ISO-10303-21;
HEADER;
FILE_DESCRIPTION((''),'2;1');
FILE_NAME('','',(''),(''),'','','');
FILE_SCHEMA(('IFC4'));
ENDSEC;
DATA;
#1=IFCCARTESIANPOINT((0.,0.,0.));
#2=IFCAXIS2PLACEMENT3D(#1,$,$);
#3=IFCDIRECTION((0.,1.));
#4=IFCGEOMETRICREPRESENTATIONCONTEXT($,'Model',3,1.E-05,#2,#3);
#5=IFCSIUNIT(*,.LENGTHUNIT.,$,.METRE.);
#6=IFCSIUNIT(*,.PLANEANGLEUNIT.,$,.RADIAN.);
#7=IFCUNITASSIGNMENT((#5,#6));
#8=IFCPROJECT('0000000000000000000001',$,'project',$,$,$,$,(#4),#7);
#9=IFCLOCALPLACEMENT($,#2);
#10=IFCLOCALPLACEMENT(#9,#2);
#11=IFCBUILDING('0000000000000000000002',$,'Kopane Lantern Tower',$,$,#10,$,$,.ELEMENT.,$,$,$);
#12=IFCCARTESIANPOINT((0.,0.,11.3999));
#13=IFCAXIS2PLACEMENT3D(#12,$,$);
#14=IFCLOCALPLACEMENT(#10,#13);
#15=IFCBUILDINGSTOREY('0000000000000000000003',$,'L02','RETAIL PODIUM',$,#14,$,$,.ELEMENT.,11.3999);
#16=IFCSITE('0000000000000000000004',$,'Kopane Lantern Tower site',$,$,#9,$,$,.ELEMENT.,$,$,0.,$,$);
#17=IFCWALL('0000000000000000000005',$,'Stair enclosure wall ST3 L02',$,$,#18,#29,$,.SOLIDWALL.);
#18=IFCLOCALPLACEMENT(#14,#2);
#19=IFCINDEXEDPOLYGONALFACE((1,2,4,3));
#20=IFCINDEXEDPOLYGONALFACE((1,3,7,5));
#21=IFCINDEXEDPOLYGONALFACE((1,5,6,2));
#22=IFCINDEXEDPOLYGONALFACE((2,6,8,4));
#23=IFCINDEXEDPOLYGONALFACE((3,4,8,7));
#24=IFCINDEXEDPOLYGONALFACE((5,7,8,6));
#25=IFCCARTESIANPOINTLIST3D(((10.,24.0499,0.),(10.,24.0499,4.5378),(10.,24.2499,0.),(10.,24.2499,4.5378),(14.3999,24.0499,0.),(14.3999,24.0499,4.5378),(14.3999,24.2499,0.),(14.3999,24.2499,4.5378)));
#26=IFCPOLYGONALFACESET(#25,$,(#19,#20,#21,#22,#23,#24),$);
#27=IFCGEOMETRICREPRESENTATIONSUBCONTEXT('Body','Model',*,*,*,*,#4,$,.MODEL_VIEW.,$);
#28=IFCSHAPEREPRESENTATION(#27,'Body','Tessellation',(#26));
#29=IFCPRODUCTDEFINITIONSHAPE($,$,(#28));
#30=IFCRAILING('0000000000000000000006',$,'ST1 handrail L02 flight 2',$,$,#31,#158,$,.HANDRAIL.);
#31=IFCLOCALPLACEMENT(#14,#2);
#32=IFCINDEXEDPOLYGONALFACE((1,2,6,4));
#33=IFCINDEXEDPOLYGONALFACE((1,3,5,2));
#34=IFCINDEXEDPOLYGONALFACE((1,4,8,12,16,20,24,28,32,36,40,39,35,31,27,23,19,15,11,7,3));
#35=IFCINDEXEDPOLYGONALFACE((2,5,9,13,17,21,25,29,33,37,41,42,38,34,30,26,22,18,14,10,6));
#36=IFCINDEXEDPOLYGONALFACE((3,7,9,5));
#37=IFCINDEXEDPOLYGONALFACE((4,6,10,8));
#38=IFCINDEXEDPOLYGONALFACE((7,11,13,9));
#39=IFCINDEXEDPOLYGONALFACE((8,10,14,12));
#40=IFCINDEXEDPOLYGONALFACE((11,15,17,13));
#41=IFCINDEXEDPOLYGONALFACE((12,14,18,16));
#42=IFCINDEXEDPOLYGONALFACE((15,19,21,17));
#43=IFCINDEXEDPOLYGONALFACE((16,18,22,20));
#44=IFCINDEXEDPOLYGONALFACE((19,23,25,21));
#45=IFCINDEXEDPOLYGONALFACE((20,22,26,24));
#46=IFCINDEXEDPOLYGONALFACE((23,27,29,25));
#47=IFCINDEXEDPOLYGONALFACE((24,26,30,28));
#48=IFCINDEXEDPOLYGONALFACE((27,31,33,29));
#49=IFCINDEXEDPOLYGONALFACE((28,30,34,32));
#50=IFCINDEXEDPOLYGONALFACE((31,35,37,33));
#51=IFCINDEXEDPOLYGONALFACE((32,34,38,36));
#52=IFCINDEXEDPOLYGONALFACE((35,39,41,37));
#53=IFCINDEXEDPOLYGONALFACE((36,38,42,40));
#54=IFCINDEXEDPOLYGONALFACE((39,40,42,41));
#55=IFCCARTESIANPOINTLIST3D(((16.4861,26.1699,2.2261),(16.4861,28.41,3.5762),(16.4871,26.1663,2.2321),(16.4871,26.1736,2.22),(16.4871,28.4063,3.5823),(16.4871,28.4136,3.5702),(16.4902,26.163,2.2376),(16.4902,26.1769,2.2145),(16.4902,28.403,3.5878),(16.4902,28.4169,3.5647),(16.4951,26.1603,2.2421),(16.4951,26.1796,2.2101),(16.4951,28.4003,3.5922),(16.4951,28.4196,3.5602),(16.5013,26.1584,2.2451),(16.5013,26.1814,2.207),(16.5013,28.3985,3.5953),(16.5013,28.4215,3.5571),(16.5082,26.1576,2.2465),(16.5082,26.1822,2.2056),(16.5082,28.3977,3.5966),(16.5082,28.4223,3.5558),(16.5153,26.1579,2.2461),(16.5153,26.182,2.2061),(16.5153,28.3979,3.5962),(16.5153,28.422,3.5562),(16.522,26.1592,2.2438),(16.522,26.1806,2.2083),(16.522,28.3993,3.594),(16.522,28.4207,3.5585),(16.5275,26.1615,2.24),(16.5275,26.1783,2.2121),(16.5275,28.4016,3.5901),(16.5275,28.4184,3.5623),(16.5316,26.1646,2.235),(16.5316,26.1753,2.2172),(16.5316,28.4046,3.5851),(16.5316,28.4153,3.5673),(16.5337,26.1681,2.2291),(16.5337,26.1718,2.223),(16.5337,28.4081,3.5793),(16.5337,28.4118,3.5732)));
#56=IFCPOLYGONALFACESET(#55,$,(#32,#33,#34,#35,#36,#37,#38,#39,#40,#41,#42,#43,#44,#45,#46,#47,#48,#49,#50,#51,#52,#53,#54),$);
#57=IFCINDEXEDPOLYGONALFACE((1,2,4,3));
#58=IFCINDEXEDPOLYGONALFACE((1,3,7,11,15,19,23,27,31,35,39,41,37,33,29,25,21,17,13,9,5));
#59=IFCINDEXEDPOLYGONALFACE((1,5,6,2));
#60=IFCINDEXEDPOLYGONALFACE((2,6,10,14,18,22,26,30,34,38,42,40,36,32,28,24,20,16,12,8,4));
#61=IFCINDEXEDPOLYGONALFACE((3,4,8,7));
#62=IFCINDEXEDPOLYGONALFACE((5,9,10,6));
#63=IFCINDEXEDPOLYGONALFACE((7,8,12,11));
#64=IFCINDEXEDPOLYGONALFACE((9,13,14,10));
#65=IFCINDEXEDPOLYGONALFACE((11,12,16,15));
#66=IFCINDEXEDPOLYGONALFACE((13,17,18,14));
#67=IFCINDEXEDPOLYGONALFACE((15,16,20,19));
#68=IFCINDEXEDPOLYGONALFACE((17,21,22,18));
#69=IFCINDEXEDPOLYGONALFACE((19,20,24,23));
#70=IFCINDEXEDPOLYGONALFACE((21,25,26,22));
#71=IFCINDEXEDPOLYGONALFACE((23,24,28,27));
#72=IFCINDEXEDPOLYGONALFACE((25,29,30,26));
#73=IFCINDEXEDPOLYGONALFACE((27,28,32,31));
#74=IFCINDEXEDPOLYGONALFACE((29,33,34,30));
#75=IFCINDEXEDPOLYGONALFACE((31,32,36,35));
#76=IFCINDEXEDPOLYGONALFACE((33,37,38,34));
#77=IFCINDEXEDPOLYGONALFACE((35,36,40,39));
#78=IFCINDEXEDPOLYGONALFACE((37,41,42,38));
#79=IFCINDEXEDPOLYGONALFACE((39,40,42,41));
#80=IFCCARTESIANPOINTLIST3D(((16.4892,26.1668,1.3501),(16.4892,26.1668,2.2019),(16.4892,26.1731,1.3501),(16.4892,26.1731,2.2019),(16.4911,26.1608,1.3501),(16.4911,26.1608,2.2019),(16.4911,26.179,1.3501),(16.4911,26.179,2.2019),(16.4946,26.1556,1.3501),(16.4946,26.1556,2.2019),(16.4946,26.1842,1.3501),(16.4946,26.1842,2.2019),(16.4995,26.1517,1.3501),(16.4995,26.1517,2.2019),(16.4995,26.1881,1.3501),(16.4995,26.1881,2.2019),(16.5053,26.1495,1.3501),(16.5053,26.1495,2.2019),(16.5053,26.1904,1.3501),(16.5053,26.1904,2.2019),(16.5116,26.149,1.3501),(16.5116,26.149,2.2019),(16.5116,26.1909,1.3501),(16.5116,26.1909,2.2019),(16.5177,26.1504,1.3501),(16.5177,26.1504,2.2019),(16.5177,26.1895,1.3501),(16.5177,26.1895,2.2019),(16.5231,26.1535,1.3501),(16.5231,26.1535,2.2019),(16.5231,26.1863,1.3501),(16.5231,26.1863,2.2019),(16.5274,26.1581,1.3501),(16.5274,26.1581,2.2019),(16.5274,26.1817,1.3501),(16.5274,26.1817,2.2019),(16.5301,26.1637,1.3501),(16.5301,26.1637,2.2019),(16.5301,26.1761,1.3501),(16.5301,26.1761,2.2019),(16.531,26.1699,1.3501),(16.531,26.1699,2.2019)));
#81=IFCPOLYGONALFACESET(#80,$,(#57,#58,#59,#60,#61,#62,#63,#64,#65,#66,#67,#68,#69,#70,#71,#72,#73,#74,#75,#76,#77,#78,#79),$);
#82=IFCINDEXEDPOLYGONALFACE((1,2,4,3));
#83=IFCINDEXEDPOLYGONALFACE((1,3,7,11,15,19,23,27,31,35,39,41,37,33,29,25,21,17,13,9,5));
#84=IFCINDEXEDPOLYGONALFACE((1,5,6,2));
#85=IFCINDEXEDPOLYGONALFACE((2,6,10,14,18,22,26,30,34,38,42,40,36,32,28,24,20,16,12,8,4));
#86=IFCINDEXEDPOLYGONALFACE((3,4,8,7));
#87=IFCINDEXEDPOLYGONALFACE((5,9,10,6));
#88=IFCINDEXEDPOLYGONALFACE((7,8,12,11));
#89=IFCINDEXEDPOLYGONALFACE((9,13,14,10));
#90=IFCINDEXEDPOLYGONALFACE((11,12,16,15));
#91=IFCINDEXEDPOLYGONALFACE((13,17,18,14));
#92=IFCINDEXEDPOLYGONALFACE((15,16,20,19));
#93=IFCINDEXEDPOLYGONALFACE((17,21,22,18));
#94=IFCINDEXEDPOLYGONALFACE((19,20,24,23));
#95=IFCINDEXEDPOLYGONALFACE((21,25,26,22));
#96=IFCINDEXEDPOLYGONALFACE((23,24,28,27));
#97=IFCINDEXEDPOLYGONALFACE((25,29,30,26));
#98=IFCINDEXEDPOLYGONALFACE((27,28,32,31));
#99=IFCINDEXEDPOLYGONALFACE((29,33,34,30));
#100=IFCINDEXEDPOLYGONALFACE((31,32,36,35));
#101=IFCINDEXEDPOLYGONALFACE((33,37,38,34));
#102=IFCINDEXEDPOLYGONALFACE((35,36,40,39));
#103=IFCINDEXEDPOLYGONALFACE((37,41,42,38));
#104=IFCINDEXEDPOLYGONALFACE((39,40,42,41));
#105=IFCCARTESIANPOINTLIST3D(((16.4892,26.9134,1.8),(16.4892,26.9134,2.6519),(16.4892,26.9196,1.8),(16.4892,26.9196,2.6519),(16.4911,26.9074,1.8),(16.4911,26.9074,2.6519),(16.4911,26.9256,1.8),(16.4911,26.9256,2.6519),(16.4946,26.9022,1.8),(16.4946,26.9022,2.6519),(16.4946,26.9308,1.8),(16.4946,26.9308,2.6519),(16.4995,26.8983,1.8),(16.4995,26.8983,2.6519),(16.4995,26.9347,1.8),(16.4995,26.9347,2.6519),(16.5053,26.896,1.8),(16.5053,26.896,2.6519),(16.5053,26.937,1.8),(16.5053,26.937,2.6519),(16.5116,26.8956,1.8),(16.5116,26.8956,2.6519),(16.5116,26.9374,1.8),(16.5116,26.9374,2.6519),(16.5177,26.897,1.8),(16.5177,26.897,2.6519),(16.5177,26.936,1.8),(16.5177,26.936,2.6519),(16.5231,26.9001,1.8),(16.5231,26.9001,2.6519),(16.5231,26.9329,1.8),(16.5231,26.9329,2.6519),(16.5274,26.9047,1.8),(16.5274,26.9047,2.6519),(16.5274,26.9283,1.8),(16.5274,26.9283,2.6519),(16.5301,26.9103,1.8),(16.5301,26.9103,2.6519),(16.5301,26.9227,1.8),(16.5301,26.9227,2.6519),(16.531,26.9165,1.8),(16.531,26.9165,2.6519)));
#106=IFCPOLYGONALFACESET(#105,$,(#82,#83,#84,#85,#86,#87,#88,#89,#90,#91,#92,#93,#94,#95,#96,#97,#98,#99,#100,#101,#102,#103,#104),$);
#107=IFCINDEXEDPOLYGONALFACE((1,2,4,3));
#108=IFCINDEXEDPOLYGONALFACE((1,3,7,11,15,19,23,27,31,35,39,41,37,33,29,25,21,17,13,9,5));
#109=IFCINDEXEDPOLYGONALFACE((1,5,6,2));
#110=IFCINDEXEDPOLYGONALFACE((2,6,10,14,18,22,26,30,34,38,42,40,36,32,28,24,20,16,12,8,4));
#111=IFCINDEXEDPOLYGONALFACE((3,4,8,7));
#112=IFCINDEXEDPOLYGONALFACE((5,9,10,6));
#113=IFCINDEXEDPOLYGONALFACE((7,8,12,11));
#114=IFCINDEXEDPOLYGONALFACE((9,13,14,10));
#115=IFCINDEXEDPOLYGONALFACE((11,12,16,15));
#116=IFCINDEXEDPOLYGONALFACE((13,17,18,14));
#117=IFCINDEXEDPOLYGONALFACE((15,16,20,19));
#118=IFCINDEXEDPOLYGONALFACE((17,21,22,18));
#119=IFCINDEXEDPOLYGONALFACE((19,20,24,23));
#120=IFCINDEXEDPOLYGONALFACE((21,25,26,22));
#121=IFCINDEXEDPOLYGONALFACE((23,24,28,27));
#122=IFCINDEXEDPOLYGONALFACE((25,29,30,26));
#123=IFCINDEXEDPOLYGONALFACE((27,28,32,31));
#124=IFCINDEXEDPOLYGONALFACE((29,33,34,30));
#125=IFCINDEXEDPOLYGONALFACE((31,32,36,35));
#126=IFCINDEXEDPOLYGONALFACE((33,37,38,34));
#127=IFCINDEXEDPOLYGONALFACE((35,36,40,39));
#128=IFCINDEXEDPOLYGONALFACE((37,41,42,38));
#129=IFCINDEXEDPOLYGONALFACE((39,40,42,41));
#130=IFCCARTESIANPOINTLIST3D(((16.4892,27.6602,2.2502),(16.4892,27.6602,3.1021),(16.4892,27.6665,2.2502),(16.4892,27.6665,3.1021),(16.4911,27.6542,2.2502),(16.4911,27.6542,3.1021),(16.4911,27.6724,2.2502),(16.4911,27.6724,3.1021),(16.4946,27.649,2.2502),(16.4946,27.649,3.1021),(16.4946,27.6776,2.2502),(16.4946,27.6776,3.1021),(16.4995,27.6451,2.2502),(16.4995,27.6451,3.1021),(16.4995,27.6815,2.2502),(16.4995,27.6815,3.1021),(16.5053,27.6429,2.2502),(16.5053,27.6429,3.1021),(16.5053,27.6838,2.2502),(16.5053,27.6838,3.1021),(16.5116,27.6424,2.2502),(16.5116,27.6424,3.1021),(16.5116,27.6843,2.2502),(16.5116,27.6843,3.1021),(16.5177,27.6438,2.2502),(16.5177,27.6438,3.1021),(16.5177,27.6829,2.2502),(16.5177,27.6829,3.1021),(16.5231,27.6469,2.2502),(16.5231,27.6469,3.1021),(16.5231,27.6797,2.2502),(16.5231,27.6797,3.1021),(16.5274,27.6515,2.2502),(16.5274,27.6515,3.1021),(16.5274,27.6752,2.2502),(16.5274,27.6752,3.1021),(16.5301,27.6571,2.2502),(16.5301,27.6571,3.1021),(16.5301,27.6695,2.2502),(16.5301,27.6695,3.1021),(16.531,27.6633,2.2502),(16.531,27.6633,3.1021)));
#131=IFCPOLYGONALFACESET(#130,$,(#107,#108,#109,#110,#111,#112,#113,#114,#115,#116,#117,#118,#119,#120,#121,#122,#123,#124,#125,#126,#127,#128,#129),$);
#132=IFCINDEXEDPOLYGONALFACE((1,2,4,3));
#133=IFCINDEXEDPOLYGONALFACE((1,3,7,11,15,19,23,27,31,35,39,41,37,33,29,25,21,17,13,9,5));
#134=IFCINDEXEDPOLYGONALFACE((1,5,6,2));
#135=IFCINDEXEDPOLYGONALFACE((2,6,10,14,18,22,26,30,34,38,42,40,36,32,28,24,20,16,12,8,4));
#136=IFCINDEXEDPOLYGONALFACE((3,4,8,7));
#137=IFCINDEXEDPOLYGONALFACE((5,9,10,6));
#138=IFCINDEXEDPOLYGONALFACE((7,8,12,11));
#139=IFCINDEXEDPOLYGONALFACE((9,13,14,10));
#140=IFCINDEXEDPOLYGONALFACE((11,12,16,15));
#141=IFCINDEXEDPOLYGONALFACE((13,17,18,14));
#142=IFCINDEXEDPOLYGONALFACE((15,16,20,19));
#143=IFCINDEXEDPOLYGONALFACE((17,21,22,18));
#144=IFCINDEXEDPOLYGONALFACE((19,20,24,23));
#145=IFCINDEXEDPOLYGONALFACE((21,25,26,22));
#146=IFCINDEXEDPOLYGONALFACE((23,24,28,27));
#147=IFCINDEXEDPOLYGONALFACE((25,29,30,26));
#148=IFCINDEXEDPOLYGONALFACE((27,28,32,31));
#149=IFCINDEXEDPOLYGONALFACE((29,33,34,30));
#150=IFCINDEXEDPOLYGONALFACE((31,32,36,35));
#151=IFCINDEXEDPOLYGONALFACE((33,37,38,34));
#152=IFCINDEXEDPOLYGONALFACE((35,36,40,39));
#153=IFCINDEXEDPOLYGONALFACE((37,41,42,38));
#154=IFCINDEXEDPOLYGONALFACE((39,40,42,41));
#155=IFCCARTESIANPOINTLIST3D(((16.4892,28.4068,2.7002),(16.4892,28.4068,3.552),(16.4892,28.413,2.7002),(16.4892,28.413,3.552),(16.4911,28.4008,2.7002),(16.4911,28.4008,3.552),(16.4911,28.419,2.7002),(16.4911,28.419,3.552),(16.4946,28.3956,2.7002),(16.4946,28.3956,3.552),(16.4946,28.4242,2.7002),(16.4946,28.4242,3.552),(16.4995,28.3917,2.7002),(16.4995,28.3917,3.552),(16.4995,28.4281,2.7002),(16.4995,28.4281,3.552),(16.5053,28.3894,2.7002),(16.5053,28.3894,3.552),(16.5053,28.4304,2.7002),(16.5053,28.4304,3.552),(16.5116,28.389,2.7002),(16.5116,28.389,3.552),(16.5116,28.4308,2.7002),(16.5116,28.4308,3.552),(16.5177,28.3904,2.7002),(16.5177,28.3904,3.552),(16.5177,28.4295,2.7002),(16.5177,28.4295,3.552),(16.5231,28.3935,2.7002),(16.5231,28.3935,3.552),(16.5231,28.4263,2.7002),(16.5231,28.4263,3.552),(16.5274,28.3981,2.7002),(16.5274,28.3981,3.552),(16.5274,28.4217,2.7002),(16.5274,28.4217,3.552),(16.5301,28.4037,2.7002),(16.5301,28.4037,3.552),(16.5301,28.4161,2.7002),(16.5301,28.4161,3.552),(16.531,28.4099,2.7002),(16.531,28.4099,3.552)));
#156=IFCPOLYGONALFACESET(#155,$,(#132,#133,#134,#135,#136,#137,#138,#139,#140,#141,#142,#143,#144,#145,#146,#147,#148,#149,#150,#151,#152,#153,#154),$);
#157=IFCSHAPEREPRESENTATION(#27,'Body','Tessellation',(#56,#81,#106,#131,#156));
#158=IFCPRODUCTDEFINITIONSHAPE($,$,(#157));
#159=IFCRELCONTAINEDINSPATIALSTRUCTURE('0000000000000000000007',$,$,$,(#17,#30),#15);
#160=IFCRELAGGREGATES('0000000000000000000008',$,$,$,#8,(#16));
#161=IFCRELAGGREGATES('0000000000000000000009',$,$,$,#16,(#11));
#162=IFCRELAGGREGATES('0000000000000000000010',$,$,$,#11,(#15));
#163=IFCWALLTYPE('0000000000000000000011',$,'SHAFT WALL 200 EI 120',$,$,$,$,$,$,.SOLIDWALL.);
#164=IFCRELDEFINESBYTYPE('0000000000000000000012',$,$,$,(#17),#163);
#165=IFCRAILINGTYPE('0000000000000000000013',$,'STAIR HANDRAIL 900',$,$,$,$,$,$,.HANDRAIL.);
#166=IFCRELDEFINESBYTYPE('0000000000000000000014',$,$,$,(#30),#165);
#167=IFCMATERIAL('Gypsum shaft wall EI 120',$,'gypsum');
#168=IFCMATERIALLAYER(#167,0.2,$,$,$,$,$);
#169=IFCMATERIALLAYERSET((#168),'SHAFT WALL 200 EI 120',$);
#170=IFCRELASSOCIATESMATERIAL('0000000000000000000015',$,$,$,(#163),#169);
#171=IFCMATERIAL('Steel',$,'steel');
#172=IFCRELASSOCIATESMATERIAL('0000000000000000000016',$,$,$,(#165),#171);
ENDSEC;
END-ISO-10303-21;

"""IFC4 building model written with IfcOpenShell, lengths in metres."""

from ifc_helpers import new_model, si_unit, direction, frame, frame_2d, origin, origin_2d, place, context, subcontext, project, spatial, rectangle, circle, extrude, material, layer, layer_set, type_object, element, save


model = new_model("IFC4")

# Units and contexts
model_context = context("Model", 3, precision=1e-05, world=origin(), true_north=direction((0.0, 1.0)))
body_context = subcontext(model_context, "Body", "Model", "MODEL_VIEW")
ifc_project = project(units=[si_unit("LENGTHUNIT", "METRE"), si_unit("PLANEANGLEUNIT", "RADIAN")], contexts=[model_context])

# Site, building, storey
site_placement = place(None, origin())
site = spatial("IfcSite", under=ifc_project, at=site_placement, Name="Kopane Lantern Tower site", CompositionType="ELEMENT", RefElevation=0.0)
building_placement = place(site_placement, origin())
building = spatial("IfcBuilding", under=site, at=building_placement, Name="Kopane Lantern Tower", CompositionType="ELEMENT")
storey_placement = place(building_placement, frame((0.0, 0.0, 11.3999)))
storey = spatial("IfcBuildingStorey", under=building, at=storey_placement, Name="L02", Description="RETAIL PODIUM", CompositionType="ELEMENT", Elevation=11.3999)

# Wall
ifc_material_1 = material(Name="Gypsum shaft wall EI 120", Category="gypsum")
ifc_layer_1 = layer(ifc_material_1, 0.2)
ifc_layer_set_1 = layer_set([ifc_layer_1], Name="SHAFT WALL 200 EI 120")
wall_type_1 = type_object("IfcWallType", Name="SHAFT WALL 200 EI 120", PredefinedType="SOLIDWALL", material=ifc_layer_set_1)
wall_1_placement = place(storey_placement, frame((10.0, 24.1499, 0.0), z_axis=(0.0, 0.0, 1.0), x_axis=(1.0, 0.0, 0.0)))
element("IfcWall", 1, at=wall_1_placement, inside=storey, type_object=wall_type_1, Name="Stair enclosure wall ST3 L02", PredefinedType="SOLIDWALL", context=body_context, shape_type="SweptSolid", body=[
    extrude(rectangle(XDim=4.3999, YDim=0.2, at=frame_2d((2.2, 0.0))), origin(), (0.0, 0.0, 1.0), 4.5378),
])

# Railing
ifc_material_2 = material(Name="Steel", Category="steel")
railing_type_1 = type_object("IfcRailingType", Name="STAIR HANDRAIL 900", PredefinedType="HANDRAIL", material=ifc_material_2)
for number, where, name in (
    (2, (16.51, 26.1699, 1.3501), "ST1 handrail L02 flight 2"),
):
    element("IfcRailing", number, at=place(storey_placement, frame(where)), inside=storey, type_object=railing_type_1, Name=name, PredefinedType="HANDRAIL", context=body_context, shape_type="SweptSolid", body=[
        extrude(circle(Radius=0.0239, at=origin_2d()), frame((0.0, 0.0, 0.876), z_axis=(0.0, 0.856462, 0.516211), x_axis=(-1.0, 0.0, 0.0)), (0.0, 0.0, 1.0), 2.6155),
        extrude(circle(Radius=0.021, at=origin_2d()), origin(), (0.0, 0.0, 1.0), 0.8518),
        extrude(circle(Radius=0.021, at=origin_2d()), frame((0.0, 0.7466, 0.45)), (0.0, 0.0, 1.0), 0.8518),
        extrude(circle(Radius=0.021, at=origin_2d()), frame((0.0, 1.4934, 0.9001)), (0.0, 0.0, 1.0), 0.8518),
        extrude(circle(Radius=0.021, at=origin_2d()), frame((0.0, 2.24, 1.3501)), (0.0, 0.0, 1.0), 0.8518),
    ])

save(model, "model.ifc")
